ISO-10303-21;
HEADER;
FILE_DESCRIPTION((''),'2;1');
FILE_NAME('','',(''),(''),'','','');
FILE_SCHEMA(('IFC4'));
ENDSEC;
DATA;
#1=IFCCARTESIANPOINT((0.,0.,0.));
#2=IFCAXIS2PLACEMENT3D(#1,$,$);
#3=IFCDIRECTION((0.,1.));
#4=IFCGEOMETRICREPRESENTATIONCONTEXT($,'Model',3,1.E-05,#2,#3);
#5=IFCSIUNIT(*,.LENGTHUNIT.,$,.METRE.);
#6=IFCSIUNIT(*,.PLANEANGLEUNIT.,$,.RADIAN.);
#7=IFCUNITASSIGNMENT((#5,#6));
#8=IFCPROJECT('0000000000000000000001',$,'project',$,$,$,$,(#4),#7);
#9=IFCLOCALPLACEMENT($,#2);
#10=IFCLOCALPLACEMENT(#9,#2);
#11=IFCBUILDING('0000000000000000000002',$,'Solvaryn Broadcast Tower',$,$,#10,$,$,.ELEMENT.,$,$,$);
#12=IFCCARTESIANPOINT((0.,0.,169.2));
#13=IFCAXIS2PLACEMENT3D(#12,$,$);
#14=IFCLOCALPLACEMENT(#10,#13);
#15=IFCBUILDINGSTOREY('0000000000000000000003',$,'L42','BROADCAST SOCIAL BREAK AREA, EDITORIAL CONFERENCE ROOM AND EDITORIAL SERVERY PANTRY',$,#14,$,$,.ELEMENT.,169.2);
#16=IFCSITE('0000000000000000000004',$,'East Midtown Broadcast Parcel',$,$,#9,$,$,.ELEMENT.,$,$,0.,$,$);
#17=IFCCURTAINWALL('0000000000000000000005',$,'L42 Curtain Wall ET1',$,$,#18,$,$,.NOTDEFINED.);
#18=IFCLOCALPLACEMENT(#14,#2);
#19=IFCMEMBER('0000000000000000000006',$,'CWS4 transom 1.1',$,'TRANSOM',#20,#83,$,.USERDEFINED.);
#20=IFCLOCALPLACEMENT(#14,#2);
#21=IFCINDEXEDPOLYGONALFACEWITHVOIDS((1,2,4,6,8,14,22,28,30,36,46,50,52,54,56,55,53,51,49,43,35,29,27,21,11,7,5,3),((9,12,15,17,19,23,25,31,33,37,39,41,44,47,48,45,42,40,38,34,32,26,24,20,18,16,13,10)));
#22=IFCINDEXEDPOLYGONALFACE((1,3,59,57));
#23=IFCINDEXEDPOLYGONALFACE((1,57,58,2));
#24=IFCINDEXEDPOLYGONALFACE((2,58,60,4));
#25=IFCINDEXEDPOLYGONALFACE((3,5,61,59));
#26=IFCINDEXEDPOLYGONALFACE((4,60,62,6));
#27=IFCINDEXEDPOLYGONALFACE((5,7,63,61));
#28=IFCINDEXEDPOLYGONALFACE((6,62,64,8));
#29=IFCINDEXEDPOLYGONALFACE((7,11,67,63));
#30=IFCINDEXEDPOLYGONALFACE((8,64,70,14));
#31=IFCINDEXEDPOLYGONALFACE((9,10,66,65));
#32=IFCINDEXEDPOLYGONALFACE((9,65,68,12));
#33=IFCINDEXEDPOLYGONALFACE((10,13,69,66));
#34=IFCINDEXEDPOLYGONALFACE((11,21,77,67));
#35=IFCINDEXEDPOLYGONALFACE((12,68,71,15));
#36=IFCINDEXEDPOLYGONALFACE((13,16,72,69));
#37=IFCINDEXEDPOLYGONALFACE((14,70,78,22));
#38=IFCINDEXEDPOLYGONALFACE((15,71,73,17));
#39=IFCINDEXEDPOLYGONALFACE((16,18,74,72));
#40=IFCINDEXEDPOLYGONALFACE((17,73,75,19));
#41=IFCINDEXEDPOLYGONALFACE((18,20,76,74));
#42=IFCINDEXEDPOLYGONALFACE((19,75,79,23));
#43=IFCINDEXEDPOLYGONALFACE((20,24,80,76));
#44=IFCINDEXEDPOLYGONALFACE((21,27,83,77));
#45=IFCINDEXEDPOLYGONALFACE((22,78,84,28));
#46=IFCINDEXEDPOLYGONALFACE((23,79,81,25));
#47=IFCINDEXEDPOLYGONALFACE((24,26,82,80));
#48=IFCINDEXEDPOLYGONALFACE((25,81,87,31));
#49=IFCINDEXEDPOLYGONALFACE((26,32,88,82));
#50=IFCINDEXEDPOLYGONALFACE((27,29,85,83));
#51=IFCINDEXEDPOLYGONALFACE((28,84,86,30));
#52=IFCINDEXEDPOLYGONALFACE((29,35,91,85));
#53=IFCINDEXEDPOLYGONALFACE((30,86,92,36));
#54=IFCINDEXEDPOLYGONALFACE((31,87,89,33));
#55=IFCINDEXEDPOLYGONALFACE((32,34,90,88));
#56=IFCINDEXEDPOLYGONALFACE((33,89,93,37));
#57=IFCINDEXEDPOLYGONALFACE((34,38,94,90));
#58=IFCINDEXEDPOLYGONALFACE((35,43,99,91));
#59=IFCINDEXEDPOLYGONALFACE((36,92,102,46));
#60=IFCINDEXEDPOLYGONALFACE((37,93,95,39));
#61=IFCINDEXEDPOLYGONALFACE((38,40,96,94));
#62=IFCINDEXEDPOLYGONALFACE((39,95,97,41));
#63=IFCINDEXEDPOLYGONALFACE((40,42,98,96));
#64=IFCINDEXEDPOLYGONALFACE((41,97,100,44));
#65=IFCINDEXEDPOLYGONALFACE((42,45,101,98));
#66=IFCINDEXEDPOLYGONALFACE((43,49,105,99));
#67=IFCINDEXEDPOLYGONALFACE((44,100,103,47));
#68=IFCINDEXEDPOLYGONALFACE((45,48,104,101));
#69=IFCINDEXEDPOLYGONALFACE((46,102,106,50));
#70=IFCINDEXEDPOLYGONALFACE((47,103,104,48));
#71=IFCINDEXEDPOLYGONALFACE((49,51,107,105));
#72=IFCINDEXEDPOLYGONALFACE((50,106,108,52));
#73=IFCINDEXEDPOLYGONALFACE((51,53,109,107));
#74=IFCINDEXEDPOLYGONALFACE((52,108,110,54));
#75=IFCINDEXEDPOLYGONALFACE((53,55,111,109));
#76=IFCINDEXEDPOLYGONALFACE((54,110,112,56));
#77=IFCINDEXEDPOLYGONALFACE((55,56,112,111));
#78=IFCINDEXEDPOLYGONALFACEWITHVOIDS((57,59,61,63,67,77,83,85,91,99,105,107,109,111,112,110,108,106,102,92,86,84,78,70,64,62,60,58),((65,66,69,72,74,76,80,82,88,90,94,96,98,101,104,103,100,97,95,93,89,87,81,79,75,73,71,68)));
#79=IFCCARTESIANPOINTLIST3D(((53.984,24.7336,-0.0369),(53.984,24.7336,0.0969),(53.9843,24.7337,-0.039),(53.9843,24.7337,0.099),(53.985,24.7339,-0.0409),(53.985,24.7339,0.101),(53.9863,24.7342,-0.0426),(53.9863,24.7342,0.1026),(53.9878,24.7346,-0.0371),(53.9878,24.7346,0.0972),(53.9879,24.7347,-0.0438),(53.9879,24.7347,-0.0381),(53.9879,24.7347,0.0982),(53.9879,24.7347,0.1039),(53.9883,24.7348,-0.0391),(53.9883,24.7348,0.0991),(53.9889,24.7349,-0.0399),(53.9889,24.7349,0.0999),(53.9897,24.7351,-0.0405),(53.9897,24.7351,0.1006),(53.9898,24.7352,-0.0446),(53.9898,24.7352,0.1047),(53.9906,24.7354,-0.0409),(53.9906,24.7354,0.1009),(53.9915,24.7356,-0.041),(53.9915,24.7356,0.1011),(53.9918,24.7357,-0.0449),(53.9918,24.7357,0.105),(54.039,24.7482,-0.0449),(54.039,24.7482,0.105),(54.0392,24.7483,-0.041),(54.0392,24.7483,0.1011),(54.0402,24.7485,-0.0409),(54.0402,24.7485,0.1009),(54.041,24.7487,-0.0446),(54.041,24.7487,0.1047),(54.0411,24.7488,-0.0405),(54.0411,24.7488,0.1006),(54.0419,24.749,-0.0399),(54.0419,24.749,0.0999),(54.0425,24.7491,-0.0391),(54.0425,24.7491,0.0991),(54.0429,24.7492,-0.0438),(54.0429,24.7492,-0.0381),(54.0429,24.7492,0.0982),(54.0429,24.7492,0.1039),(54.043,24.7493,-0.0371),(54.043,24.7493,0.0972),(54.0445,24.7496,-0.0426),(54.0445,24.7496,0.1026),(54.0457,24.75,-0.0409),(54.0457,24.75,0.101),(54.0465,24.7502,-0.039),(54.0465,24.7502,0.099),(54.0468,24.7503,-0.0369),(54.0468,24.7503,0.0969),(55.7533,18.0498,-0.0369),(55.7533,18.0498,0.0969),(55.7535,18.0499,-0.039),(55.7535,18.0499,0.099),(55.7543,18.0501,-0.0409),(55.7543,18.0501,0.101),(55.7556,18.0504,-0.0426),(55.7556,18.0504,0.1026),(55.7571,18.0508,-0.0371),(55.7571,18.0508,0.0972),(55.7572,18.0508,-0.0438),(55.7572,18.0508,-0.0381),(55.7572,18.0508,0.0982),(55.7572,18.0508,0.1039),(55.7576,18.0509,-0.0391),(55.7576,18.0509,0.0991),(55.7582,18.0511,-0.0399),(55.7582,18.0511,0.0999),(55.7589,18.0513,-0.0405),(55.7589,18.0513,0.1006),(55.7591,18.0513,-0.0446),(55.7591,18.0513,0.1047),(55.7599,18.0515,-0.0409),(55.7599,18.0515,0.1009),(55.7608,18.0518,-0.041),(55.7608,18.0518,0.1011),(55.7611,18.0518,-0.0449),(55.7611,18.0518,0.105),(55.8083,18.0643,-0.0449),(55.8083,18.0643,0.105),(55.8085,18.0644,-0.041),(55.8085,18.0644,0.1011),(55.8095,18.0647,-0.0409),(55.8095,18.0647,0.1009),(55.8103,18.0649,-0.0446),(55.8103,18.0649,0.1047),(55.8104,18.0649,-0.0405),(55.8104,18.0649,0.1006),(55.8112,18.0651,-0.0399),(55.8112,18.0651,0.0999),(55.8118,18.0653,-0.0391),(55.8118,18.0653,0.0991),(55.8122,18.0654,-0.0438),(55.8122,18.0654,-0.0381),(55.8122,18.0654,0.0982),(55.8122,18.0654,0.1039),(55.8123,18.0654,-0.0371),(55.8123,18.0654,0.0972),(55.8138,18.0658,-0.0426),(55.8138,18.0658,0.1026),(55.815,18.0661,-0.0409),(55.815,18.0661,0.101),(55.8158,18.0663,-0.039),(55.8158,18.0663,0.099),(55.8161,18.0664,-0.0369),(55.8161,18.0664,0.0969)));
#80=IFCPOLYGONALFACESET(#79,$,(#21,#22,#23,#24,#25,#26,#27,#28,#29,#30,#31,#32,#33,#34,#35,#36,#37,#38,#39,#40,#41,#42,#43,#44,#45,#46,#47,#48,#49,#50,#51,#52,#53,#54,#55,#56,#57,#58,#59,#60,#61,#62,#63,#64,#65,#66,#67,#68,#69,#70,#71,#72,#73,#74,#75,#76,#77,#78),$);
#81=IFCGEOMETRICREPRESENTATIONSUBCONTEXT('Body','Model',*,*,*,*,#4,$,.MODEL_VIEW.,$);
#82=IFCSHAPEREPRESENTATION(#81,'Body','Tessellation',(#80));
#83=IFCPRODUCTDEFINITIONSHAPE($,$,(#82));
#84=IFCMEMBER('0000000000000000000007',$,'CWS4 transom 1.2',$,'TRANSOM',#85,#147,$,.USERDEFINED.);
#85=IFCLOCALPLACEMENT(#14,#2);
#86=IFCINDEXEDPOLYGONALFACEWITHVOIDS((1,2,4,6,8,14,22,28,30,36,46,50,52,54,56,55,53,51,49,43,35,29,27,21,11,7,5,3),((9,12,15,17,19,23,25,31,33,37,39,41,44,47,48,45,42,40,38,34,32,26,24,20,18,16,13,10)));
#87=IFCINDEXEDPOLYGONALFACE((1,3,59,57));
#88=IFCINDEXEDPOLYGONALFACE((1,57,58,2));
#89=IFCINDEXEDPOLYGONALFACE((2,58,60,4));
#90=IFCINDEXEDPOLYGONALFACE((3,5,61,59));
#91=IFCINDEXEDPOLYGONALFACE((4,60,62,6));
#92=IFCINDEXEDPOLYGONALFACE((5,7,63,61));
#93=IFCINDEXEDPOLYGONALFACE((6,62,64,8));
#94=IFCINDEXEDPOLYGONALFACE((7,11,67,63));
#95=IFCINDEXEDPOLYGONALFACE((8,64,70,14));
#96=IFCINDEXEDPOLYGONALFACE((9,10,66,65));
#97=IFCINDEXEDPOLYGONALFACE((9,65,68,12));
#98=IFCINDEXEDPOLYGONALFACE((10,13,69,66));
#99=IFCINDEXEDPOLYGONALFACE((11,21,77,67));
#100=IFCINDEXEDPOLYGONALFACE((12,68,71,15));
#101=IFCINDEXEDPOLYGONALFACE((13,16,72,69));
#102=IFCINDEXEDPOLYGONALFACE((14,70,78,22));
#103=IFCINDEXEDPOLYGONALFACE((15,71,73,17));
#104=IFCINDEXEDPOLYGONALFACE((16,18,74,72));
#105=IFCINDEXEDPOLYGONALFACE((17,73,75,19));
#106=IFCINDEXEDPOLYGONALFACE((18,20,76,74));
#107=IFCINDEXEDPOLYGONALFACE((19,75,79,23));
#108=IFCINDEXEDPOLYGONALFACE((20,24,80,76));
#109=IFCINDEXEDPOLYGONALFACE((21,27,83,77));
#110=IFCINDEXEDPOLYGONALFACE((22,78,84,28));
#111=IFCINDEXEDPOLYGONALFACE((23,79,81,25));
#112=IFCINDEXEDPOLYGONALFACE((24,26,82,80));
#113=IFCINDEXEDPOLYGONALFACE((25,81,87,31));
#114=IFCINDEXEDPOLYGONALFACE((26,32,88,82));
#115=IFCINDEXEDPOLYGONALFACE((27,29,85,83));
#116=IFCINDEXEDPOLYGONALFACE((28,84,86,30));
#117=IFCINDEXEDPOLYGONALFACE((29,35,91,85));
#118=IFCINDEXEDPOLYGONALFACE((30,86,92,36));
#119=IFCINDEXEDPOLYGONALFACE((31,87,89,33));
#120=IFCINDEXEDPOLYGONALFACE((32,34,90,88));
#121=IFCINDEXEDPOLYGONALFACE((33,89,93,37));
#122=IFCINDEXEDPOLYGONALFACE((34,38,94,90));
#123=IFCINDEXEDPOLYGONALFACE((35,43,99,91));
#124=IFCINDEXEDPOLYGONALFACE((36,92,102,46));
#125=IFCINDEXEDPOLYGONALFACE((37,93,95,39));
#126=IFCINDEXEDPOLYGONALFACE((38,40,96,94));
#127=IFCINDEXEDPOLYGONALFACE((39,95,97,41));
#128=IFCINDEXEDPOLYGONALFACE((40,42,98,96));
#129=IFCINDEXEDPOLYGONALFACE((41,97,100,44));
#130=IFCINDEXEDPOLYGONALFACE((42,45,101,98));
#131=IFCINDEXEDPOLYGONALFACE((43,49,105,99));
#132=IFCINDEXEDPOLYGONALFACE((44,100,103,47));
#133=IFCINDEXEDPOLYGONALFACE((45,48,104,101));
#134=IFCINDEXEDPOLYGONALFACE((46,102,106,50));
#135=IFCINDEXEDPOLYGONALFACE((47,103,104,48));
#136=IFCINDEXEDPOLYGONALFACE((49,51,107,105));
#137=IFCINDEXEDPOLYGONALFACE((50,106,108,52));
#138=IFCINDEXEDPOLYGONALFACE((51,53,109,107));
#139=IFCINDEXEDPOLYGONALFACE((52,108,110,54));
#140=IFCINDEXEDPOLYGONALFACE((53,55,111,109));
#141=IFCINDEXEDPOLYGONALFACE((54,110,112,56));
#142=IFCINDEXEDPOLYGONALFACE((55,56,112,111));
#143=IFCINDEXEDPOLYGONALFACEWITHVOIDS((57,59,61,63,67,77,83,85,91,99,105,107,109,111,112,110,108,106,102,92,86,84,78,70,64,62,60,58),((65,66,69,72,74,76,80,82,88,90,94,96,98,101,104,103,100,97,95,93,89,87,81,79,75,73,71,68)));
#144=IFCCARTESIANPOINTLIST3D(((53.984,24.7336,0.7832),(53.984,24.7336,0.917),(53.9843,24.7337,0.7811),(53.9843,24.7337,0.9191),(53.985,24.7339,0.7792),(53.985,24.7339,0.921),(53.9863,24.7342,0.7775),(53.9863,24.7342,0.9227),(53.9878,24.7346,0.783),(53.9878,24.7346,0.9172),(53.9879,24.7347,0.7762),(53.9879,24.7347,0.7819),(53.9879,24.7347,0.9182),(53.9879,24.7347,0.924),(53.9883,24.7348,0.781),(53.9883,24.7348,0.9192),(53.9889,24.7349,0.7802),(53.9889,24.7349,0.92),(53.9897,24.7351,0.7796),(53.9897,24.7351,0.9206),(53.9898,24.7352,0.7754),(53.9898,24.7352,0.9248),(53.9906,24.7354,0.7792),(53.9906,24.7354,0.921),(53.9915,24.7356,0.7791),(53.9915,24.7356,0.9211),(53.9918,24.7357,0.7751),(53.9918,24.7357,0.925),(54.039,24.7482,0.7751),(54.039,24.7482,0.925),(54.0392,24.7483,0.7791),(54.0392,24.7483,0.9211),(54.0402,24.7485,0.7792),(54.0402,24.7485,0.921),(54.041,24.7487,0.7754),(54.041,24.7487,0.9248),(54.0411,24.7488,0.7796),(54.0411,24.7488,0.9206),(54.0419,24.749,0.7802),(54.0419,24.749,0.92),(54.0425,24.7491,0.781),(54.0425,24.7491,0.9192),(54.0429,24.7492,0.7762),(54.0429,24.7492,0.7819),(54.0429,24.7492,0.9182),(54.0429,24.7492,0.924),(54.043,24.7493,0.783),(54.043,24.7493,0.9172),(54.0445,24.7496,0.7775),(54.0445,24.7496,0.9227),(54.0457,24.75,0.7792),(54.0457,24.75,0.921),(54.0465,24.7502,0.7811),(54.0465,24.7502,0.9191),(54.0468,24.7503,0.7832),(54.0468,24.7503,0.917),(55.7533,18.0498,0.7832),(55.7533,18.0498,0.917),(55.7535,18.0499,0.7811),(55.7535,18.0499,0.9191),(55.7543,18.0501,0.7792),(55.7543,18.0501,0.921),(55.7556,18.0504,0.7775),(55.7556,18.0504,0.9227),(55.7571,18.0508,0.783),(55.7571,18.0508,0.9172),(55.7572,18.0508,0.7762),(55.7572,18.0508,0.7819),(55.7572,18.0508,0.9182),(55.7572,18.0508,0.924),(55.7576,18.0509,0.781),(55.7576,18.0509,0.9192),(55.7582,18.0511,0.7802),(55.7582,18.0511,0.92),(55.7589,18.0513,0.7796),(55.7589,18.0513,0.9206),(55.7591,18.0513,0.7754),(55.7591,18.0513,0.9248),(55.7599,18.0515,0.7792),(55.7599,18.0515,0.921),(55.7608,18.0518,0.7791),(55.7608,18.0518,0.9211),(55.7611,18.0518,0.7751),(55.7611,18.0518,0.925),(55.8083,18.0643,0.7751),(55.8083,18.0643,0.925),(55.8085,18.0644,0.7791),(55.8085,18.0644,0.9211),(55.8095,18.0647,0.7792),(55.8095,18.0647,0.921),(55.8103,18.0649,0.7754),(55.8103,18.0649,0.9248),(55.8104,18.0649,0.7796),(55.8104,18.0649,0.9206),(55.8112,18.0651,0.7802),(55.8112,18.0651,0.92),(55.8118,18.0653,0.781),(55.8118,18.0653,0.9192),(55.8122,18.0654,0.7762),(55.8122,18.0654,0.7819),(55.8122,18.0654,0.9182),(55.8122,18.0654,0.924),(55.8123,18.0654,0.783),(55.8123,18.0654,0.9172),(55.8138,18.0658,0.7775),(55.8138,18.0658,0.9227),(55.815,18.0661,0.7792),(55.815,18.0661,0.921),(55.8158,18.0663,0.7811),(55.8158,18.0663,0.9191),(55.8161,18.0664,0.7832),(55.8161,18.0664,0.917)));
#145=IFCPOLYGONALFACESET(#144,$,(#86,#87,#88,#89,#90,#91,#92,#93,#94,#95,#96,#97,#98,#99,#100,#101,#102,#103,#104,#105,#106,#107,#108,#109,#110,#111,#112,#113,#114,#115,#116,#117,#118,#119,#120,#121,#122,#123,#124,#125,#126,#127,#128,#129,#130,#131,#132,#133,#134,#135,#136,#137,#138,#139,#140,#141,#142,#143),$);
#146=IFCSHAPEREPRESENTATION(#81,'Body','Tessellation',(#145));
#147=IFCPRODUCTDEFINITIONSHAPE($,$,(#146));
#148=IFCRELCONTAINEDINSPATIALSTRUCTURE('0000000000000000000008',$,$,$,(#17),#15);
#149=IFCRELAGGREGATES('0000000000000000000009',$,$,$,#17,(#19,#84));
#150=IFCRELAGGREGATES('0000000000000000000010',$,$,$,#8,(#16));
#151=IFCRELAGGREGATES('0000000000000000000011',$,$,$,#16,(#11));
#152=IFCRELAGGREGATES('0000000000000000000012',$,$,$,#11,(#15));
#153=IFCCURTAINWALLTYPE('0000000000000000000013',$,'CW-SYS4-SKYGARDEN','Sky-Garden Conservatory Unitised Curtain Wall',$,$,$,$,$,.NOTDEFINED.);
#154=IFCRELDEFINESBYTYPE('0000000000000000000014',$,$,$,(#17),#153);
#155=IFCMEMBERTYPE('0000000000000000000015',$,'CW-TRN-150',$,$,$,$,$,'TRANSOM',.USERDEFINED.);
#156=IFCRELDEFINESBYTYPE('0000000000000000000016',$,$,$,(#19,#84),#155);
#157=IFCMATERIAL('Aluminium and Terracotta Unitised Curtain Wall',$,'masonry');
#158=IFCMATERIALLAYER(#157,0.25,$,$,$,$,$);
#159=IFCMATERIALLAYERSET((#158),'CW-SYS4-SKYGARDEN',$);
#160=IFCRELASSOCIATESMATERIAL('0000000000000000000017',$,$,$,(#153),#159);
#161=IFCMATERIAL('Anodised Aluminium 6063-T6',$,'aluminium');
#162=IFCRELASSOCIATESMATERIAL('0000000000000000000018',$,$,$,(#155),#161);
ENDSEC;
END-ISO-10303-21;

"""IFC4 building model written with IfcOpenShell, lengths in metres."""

from ifc_helpers import new_model, si_unit, direction, frame, origin, origin_2d, place, context, subcontext, project, spatial, hollow_rectangle, extrude, material, layer, layer_set, material_profile, profile_set, type_object, element, aggregate, save


model = new_model("IFC4")

# Units and contexts
model_context = context("Model", 3, precision=1e-05, world=origin(), true_north=direction((0.0, 1.0)))
body_context = subcontext(model_context, "Body", "Model", "MODEL_VIEW")
ifc_project = project(units=[si_unit("LENGTHUNIT", "METRE"), si_unit("PLANEANGLEUNIT", "RADIAN")], contexts=[model_context])

# Site, building, storey
site_placement = place(None, origin())
site = spatial("IfcSite", under=ifc_project, at=site_placement, Name="East Midtown Broadcast Parcel", CompositionType="ELEMENT", RefElevation=0.0)
building_placement = place(site_placement, origin())
building = spatial("IfcBuilding", under=site, at=building_placement, Name="Solvaryn Broadcast Tower", CompositionType="ELEMENT")
storey_placement = place(building_placement, frame((0.0, 0.0, 169.2)))
storey = spatial("IfcBuildingStorey", under=building, at=storey_placement, Name="L42", Description="BROADCAST SOCIAL BREAK AREA, EDITORIAL CONFERENCE ROOM AND EDITORIAL SERVERY PANTRY", CompositionType="ELEMENT", Elevation=169.2)

# Curtain wall
ifc_material_1 = material(Name="Aluminium and Terracotta Unitised Curtain Wall", Category="masonry")
ifc_layer_1 = layer(ifc_material_1, 0.25)
ifc_layer_set_1 = layer_set([ifc_layer_1], Name="CW-SYS4-SKYGARDEN")
curtain_wall_type = type_object("IfcCurtainWallType", Name="CW-SYS4-SKYGARDEN", Description="Sky-Garden Conservatory Unitised Curtain Wall", PredefinedType="NOTDEFINED", material=ifc_layer_set_1)
curtain_wall_1_placement = place(storey_placement, origin())
curtain_wall_1 = element("IfcCurtainWall", 1, at=curtain_wall_1_placement, inside=storey, type_object=curtain_wall_type, Name="L42 Curtain Wall ET1", PredefinedType="NOTDEFINED")

# Members
ifc_material_2 = material(Name="Anodised Aluminium 6063-T6", Category="aluminium")
ifc_material_profile_1 = material_profile(ifc_material_2, hollow_rectangle(XDim=0.0649, YDim=0.1499, WallThickness=0.0039, InnerFilletRadius=0.0039, OuterFilletRadius=0.0081, at=origin_2d()))
ifc_profile_set_1 = profile_set([ifc_material_profile_1], Name="Anodised Aluminium 6063-T6")
member_type_1 = type_object("IfcMemberType", Name="CW-TRN-150", ElementType="TRANSOM", PredefinedType="USERDEFINED", material=ifc_profile_set_1)
member_1_placement = place(storey_placement, frame((54.0154, 24.7419, 0.03), z_axis=(0.255897, -0.966704, 0.0), x_axis=(0.966704, 0.255897, 0.0)))
member_1 = element("IfcMember", 2, at=member_1_placement, type_object=member_type_1, Name="CWS4 transom 1.1", ObjectType="TRANSOM", PredefinedType="USERDEFINED", context=body_context, shape_type="SweptSolid", body=[
    extrude(hollow_rectangle(XDim=0.0649, YDim=0.1499, WallThickness=0.0039, InnerFilletRadius=0.0039, OuterFilletRadius=0.0081, at=origin_2d()), origin(), (0.0, 0.0, 1.0), 6.9141),
])
member_2_placement = place(storey_placement, frame((54.0154, 24.7419, 0.8501), z_axis=(0.255897, -0.966704, 0.0), x_axis=(0.966704, 0.255897, 0.0)))
member_2 = element("IfcMember", 3, at=member_2_placement, type_object=member_type_1, Name="CWS4 transom 1.2", ObjectType="TRANSOM", PredefinedType="USERDEFINED", context=body_context, shape_type="SweptSolid", body=[
    extrude(hollow_rectangle(XDim=0.0649, YDim=0.1499, WallThickness=0.0039, InnerFilletRadius=0.0039, OuterFilletRadius=0.0081, at=origin_2d()), origin(), (0.0, 0.0, 1.0), 6.9141),
])

aggregate(curtain_wall_1, [member_1, member_2])

save(model, "model.ifc")
